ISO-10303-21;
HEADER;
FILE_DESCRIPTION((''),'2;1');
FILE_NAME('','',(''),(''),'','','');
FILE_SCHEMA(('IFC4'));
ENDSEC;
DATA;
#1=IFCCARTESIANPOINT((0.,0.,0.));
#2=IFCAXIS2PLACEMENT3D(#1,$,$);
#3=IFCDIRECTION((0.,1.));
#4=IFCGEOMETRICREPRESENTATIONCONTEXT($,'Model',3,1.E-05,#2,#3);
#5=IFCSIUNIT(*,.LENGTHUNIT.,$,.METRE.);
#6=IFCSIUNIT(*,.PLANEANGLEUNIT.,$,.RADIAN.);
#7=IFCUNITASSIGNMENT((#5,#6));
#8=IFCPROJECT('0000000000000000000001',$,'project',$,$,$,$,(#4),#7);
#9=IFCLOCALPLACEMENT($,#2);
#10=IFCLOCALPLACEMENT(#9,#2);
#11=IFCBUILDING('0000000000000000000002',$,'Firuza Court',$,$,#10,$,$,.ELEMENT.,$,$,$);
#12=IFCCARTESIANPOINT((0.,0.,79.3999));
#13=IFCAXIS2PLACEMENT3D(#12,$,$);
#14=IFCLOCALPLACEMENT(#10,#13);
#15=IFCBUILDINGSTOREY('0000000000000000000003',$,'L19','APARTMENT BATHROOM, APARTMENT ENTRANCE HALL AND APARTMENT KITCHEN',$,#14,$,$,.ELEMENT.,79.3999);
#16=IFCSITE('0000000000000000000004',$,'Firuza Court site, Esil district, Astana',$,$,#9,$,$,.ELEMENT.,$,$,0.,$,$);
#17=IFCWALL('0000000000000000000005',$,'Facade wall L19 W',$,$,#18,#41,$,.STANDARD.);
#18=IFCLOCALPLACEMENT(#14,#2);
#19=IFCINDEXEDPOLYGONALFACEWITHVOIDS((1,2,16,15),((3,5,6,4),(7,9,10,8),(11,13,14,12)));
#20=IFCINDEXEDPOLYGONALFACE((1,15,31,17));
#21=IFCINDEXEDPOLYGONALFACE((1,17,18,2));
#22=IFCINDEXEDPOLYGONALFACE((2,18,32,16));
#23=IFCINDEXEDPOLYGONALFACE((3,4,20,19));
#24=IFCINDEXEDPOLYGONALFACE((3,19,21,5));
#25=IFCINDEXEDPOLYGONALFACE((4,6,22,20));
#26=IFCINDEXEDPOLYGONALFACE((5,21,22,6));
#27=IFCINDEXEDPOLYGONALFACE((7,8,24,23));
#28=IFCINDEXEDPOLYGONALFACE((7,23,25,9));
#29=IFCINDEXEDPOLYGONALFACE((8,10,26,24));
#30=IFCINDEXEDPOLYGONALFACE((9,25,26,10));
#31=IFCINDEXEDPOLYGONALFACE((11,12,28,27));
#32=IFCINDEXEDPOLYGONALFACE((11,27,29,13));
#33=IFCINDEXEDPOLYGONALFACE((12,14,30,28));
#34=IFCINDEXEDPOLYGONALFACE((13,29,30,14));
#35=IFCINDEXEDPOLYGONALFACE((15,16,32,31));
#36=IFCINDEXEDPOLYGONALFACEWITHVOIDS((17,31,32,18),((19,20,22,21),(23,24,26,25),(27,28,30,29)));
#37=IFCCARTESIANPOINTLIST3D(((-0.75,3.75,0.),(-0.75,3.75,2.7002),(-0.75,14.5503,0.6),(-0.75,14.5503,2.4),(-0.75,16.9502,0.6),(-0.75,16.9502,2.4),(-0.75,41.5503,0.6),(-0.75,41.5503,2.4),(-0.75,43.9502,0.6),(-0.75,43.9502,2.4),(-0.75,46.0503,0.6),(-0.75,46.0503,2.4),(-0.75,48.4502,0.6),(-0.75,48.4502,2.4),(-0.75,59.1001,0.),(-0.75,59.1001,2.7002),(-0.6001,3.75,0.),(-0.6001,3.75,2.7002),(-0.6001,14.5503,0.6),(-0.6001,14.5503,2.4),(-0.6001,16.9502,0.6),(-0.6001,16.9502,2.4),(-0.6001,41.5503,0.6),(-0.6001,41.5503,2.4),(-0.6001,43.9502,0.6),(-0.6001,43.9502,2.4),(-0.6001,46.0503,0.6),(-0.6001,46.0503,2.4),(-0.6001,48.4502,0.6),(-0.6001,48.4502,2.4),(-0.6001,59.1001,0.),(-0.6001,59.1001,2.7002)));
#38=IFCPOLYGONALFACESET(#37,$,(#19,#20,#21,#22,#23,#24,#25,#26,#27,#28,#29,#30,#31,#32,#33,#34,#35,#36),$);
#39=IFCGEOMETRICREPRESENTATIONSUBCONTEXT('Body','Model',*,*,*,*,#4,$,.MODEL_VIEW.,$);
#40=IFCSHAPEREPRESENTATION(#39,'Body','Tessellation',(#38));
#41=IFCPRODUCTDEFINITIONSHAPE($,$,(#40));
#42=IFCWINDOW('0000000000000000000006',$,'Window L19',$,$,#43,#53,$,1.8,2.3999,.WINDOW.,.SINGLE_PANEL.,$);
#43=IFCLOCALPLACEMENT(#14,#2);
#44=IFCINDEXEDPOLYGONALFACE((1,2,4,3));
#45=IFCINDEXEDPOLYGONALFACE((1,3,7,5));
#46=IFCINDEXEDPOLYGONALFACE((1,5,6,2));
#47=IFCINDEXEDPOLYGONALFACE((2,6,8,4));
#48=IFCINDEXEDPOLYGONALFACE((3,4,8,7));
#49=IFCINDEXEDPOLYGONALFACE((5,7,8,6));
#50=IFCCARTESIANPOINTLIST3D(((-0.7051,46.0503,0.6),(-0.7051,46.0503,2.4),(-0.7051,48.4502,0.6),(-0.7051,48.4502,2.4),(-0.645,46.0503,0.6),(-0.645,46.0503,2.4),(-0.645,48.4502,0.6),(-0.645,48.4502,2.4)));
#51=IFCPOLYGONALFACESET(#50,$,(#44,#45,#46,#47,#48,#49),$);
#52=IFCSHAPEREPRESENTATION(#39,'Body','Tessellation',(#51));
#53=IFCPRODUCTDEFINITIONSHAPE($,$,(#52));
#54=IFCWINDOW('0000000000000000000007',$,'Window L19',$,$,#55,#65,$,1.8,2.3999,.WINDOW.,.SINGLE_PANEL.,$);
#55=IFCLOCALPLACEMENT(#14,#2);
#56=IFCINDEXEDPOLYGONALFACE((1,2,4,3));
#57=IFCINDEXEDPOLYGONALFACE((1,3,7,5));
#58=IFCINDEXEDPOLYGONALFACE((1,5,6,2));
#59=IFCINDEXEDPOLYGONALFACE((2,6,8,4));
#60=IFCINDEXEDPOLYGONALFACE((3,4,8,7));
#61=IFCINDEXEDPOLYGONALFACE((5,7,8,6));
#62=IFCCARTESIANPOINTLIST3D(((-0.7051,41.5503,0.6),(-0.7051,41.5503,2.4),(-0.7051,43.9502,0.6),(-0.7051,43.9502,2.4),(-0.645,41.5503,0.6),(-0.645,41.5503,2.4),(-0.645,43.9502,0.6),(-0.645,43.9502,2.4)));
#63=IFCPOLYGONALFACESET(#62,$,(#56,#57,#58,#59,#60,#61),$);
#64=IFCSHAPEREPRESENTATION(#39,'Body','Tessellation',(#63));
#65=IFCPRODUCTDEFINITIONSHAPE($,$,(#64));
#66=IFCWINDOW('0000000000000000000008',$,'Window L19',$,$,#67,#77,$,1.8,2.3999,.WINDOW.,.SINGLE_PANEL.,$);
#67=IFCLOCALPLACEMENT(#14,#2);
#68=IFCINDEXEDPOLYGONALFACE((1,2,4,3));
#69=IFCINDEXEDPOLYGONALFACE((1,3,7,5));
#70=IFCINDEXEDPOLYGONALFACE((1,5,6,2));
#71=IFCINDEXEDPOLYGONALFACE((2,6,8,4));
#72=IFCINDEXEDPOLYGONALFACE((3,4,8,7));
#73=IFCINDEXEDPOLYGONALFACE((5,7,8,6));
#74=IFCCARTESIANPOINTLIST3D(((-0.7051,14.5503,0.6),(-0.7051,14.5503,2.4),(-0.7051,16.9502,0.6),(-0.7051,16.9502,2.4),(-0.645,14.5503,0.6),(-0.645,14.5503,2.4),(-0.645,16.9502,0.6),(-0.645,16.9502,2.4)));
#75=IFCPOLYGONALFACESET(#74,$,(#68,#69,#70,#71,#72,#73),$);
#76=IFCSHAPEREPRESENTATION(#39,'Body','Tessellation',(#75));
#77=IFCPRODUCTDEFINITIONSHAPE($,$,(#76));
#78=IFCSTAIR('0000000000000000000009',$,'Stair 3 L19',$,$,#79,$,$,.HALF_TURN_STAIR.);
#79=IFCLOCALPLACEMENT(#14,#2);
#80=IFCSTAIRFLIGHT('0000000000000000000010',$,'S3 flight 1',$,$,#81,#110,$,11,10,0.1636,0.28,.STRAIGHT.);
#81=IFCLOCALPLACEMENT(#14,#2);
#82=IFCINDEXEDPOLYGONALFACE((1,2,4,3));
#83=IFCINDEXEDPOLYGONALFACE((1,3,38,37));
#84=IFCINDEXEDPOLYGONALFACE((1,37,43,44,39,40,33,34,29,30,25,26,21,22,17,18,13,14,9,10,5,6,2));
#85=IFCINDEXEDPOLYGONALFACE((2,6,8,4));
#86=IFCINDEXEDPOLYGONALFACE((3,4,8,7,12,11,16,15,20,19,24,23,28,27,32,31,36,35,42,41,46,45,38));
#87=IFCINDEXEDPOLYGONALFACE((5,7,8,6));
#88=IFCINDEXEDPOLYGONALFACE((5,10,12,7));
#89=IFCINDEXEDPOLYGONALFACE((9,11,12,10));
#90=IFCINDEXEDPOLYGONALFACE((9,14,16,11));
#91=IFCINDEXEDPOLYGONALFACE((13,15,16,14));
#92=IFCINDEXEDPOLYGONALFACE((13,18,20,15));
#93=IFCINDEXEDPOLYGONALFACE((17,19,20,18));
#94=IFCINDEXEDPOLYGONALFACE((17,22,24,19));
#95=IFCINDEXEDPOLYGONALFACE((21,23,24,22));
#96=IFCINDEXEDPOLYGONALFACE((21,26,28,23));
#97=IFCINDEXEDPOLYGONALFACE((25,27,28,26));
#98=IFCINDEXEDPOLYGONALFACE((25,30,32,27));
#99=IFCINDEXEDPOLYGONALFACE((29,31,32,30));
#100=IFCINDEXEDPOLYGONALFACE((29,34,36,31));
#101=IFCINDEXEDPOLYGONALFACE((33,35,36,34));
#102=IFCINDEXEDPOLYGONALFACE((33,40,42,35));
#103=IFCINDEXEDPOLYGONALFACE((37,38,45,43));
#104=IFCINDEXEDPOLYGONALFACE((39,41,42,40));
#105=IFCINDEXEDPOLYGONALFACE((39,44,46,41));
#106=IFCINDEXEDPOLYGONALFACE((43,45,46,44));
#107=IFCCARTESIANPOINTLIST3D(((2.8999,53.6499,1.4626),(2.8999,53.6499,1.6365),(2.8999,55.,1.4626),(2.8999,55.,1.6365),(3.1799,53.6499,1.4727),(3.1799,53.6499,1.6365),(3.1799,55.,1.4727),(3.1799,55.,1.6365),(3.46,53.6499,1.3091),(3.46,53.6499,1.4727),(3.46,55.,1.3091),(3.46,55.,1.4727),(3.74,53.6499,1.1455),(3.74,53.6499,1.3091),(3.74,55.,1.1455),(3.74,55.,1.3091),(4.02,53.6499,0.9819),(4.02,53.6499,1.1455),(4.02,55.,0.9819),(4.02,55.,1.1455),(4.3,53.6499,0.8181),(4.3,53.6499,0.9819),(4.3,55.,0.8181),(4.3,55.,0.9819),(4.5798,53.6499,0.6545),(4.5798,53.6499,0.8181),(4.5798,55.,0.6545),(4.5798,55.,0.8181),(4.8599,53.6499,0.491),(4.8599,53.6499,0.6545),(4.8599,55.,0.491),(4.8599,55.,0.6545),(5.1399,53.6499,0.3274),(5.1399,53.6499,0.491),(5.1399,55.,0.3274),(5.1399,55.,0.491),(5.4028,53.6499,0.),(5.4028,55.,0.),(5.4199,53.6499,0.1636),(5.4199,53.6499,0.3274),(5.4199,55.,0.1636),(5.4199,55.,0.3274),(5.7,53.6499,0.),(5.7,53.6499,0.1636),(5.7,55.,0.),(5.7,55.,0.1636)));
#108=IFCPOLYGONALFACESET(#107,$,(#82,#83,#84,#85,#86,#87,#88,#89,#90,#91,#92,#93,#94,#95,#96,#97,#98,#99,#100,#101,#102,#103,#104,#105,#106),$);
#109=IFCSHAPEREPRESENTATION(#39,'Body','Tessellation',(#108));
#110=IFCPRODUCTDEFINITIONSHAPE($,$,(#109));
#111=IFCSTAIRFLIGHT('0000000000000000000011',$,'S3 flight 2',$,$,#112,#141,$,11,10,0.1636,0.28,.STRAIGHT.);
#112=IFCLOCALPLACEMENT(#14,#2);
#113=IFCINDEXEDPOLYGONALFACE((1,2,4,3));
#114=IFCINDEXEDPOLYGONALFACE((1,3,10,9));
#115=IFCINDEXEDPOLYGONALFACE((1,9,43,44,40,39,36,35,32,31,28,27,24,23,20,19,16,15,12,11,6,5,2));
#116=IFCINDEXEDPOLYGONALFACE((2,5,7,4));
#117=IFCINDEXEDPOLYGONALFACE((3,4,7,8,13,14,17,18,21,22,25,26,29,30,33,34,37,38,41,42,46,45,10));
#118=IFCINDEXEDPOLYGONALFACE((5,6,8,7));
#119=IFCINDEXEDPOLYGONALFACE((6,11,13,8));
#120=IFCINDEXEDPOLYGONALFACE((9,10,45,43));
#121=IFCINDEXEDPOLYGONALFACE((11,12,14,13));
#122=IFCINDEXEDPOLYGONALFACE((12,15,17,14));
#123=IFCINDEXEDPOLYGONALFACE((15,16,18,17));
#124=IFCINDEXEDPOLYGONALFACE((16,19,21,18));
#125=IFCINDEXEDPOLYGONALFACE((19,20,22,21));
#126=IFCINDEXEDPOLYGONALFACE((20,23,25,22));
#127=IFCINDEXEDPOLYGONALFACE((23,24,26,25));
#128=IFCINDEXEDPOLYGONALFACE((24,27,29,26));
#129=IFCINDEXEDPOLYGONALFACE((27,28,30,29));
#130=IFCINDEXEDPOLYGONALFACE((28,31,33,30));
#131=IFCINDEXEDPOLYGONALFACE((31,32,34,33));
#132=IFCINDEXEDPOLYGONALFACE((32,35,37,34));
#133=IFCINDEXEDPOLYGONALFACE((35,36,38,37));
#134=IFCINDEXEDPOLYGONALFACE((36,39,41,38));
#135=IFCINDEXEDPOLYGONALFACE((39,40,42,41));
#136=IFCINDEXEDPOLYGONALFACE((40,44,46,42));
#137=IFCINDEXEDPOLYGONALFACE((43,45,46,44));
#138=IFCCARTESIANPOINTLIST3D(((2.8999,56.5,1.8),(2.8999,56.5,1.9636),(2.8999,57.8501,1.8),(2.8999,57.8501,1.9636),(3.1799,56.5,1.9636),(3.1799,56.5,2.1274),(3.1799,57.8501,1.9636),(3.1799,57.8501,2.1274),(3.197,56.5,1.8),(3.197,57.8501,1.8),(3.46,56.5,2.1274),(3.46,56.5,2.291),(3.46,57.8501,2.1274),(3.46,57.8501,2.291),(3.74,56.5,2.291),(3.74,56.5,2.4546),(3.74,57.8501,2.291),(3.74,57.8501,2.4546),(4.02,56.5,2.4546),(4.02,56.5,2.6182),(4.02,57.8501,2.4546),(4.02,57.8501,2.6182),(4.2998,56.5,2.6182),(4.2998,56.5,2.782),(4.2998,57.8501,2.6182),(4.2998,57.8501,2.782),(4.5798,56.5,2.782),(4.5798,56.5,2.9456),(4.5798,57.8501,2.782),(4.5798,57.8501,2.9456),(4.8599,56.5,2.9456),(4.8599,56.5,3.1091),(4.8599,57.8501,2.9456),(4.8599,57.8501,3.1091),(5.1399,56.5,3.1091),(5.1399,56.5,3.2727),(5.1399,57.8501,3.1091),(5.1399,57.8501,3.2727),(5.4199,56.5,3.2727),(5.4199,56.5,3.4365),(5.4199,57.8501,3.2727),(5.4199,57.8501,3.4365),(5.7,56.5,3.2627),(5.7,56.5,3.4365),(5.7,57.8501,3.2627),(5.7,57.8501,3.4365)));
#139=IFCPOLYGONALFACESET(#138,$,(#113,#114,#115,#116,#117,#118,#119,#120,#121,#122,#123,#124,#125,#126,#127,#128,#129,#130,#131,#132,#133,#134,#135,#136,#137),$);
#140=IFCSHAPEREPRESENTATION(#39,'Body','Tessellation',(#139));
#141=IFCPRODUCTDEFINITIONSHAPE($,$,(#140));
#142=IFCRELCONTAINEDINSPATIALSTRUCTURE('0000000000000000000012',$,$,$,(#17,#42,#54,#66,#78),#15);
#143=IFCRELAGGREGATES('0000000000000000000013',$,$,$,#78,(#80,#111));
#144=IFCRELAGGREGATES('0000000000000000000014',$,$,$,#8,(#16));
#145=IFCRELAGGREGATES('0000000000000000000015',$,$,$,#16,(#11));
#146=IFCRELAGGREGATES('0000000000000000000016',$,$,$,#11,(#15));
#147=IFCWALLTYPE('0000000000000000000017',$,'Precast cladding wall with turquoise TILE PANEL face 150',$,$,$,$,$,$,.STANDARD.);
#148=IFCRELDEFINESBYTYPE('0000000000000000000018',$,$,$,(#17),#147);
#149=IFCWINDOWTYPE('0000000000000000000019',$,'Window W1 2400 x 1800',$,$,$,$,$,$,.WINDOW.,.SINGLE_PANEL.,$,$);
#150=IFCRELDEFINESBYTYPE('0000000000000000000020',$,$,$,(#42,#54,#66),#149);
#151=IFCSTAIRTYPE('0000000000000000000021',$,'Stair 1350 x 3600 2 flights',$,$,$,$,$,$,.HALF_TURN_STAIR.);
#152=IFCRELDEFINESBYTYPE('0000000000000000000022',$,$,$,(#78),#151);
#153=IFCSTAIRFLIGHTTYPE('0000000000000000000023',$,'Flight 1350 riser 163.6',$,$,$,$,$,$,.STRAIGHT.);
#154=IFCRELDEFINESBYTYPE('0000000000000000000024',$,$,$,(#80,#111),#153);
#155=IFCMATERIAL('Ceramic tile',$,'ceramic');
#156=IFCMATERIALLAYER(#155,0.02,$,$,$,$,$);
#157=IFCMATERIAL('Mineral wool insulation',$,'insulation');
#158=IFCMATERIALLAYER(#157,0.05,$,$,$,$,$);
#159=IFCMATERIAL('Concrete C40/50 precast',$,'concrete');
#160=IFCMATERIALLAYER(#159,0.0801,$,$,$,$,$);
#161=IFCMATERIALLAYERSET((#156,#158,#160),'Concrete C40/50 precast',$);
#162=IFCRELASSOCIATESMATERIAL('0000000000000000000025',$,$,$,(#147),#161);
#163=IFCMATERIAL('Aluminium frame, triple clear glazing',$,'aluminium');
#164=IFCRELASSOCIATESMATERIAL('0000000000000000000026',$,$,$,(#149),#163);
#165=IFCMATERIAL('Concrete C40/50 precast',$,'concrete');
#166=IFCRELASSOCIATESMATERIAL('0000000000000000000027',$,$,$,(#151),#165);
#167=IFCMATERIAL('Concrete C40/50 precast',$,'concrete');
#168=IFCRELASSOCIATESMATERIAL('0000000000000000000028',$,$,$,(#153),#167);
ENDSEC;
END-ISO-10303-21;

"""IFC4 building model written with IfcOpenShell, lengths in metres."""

from ifc_helpers import new_model, si_unit, direction, frame, frame_2d, origin, place, context, subcontext, project, spatial, polyline, rectangle, outline, extrude, material, layer, layer_set, type_object, element, fill, aggregate, save


model = new_model("IFC4")

# Units and contexts
model_context = context("Model", 3, precision=1e-05, world=origin(), true_north=direction((0.0, 1.0)))
body_context = subcontext(model_context, "Body", "Model", "MODEL_VIEW")
ifc_project = project(units=[si_unit("LENGTHUNIT", "METRE"), si_unit("PLANEANGLEUNIT", "RADIAN")], contexts=[model_context])

# Site, building, storey
site_placement = place(None, origin())
site = spatial("IfcSite", under=ifc_project, at=site_placement, Name="Firuza Court site, Esil district, Astana", CompositionType="ELEMENT", RefElevation=0.0)
building_placement = place(site_placement, origin())
building = spatial("IfcBuilding", under=site, at=building_placement, Name="Firuza Court", CompositionType="ELEMENT")
storey_placement = place(building_placement, frame((0.0, 0.0, 79.3999)))
storey = spatial("IfcBuildingStorey", under=building, at=storey_placement, Name="L19", Description="APARTMENT BATHROOM, APARTMENT ENTRANCE HALL AND APARTMENT KITCHEN", CompositionType="ELEMENT", Elevation=79.3999)

# Wall, openings, windows
ifc_material_1 = material(Name="Ceramic tile", Category="ceramic")
ifc_layer_1 = layer(ifc_material_1, 0.02)
ifc_material_2 = material(Name="Mineral wool insulation", Category="insulation")
ifc_layer_2 = layer(ifc_material_2, 0.05)
ifc_material_3 = material(Name="Concrete C40/50 precast", Category="concrete")
ifc_layer_3 = layer(ifc_material_3, 0.0801)
ifc_layer_set_1 = layer_set([ifc_layer_1, ifc_layer_2, ifc_layer_3], Name="Concrete C40/50 precast")
wall_type_1 = type_object("IfcWallType", Name="Precast cladding wall with turquoise TILE PANEL face 150", PredefinedType="STANDARD", material=ifc_layer_set_1)
wall_1_placement = place(storey_placement, frame((-0.675, 59.1001, 0.0), z_axis=(0.0, 0.0, 1.0), x_axis=(0.0, -1.0, 0.0)))
wall_1 = element("IfcWall", 1, at=wall_1_placement, inside=storey, type_object=wall_type_1, Name="Facade wall L19 W", PredefinedType="STANDARD", context=body_context, shape_type="SweptSolid", body=[
    extrude(rectangle(XDim=55.3501, YDim=0.1499, at=frame_2d((27.675, 0.0))), origin(), (0.0, 0.0, 1.0), 2.7002),
])
opening_1_placement = place(wall_1_placement, frame((10.6499, 0.0, 0.6001)))
opening_1 = element("IfcOpeningElement", 2, at=opening_1_placement, cuts=wall_1, PredefinedType="OPENING", context=body_context, shape_type="SweptSolid", body=[
    extrude(rectangle(XDim=2.3999, YDim=1.8, at=frame_2d((1.2, 0.8999))), frame((0.0, 0.0869, 0.0), z_axis=(0.0, -1.0, 0.0), x_axis=(1.0, 0.0, 0.0)), (0.0, 0.0, 1.0), 0.1738),
])
opening_2_placement = place(wall_1_placement, frame((15.1499, 0.0, 0.6001)))
opening_2 = element("IfcOpeningElement", 3, at=opening_2_placement, cuts=wall_1, PredefinedType="OPENING", context=body_context, shape_type="SweptSolid", body=[
    extrude(rectangle(XDim=2.3999, YDim=1.8, at=frame_2d((1.2, 0.8999))), frame((0.0, 0.0869, 0.0), z_axis=(0.0, -1.0, 0.0), x_axis=(1.0, 0.0, 0.0)), (0.0, 0.0, 1.0), 0.1738),
])
opening_3_placement = place(wall_1_placement, frame((42.1499, 0.0, 0.6001)))
opening_3 = element("IfcOpeningElement", 4, at=opening_3_placement, cuts=wall_1, PredefinedType="OPENING", context=body_context, shape_type="SweptSolid", body=[
    extrude(rectangle(XDim=2.3999, YDim=1.8, at=frame_2d((1.2, 0.8999))), frame((0.0, 0.0869, 0.0), z_axis=(0.0, -1.0, 0.0), x_axis=(1.0, 0.0, 0.0)), (0.0, 0.0, 1.0), 0.1738),
])
ifc_material_4 = material(Name="Aluminium frame, triple clear glazing", Category="aluminium")
window_type = type_object("IfcWindowType", Name="Window W1 2400 x 1800", PartitioningType="SINGLE_PANEL", PredefinedType="WINDOW", material=ifc_material_4)
window_1_placement = place(opening_1_placement, origin())
window_1 = element("IfcWindow", 5, at=window_1_placement, inside=storey, type_object=window_type, Name="Window L19", OverallHeight=1.8, OverallWidth=2.3999, PartitioningType="SINGLE_PANEL", PredefinedType="WINDOW", context=body_context, shape_type="SweptSolid", body=[
    extrude(rectangle(XDim=2.3999, YDim=1.8, at=frame_2d((1.2, 0.8999))), frame((0.0, 0.03, 0.0), z_axis=(0.0, -1.0, 0.0), x_axis=(1.0, 0.0, 0.0)), (0.0, 0.0, 1.0), 0.0601),
])
fill(opening_1, window_1)
window_2_placement = place(opening_2_placement, origin())
window_2 = element("IfcWindow", 6, at=window_2_placement, inside=storey, type_object=window_type, Name="Window L19", OverallHeight=1.8, OverallWidth=2.3999, PartitioningType="SINGLE_PANEL", PredefinedType="WINDOW", context=body_context, shape_type="SweptSolid", body=[
    extrude(rectangle(XDim=2.3999, YDim=1.8, at=frame_2d((1.2, 0.8999))), frame((0.0, 0.03, 0.0), z_axis=(0.0, -1.0, 0.0), x_axis=(1.0, 0.0, 0.0)), (0.0, 0.0, 1.0), 0.0601),
])
fill(opening_2, window_2)
window_3_placement = place(opening_3_placement, origin())
window_3 = element("IfcWindow", 7, at=window_3_placement, inside=storey, type_object=window_type, Name="Window L19", OverallHeight=1.8, OverallWidth=2.3999, PartitioningType="SINGLE_PANEL", PredefinedType="WINDOW", context=body_context, shape_type="SweptSolid", body=[
    extrude(rectangle(XDim=2.3999, YDim=1.8, at=frame_2d((1.2, 0.8999))), frame((0.0, 0.03, 0.0), z_axis=(0.0, -1.0, 0.0), x_axis=(1.0, 0.0, 0.0)), (0.0, 0.0, 1.0), 0.0601),
])
fill(opening_3, window_3)

# Stair, stair flights
ifc_material_5 = material(Name="Concrete C40/50 precast", Category="concrete")
stair_type = type_object("IfcStairType", Name="Stair 1350 x 3600 2 flights", PredefinedType="HALF_TURN_STAIR", material=ifc_material_5)
stair_placement = place(storey_placement, origin())
stair = element("IfcStair", 8, at=stair_placement, inside=storey, type_object=stair_type, Name="Stair 3 L19", PredefinedType="HALF_TURN_STAIR")
ifc_material_6 = material(Name="Concrete C40/50 precast", Category="concrete")
stair_flight_type = type_object("IfcStairFlightType", Name="Flight 1350 riser 163.6", PredefinedType="STRAIGHT", material=ifc_material_6)
stair_flight_1_placement = place(storey_placement, frame((5.7, 54.325, 0.0), z_axis=(0.0, 0.0, 1.0), x_axis=(-1.0, 0.0, 0.0)))
stair_flight_1 = element("IfcStairFlight", 9, at=stair_flight_1_placement, type_object=stair_flight_type, Name="S3 flight 1", NumberOfRisers=11, NumberOfTreads=10, PredefinedType="STRAIGHT", RiserHeight=0.1636, TreadLength=0.28, context=body_context, shape_type="SweptSolid", body=[
    extrude(outline(polyline([(0.0, 0.0), (0.0, 0.1636), (0.28, 0.1636), (0.28, 0.3274), (0.5601, 0.3274), (0.5601, 0.491), (0.8401, 0.491), (0.8401, 0.6545), (1.1201, 0.6545), (1.1201, 0.8181), (1.3999, 0.8181), (1.3999, 0.9819), (1.6799, 0.9819), (1.6799, 1.1455), (1.96, 1.1455), (1.96, 1.3091), (2.24, 1.3091), (2.24, 1.4727), (2.52, 1.4727), (2.52, 1.6365), (2.8, 1.6365), (2.8, 1.8), (2.8, 1.4626), (0.2971, 0.0), (0.0, 0.0)])), frame((0.0, 0.675, 0.0), z_axis=(0.0, -1.0, 0.0), x_axis=(1.0, 0.0, 0.0)), (0.0, 0.0, 1.0), 1.3501),
])
stair_flight_2_placement = place(storey_placement, frame((2.8999, 57.175, 1.8), z_axis=(0.0, 0.0, 1.0), x_axis=(1.0, 0.0, 0.0)))
stair_flight_2 = element("IfcStairFlight", 10, at=stair_flight_2_placement, type_object=stair_flight_type, Name="S3 flight 2", NumberOfRisers=11, NumberOfTreads=10, PredefinedType="STRAIGHT", RiserHeight=0.1636, TreadLength=0.28, context=body_context, shape_type="SweptSolid", body=[
    extrude(outline(polyline([(0.0, 0.0), (0.0, 0.1636), (0.28, 0.1636), (0.28, 0.3274), (0.5601, 0.3274), (0.5601, 0.491), (0.8401, 0.491), (0.8401, 0.6545), (1.1201, 0.6545), (1.1201, 0.8181), (1.3999, 0.8181), (1.3999, 0.9819), (1.6799, 0.9819), (1.6799, 1.1455), (1.96, 1.1455), (1.96, 1.3091), (2.24, 1.3091), (2.24, 1.4727), (2.52, 1.4727), (2.52, 1.6365), (2.8, 1.6365), (2.8, 1.8), (2.8, 1.4626), (0.2971, 0.0), (0.0, 0.0)])), frame((0.0, 0.675, 0.0), z_axis=(0.0, -1.0, 0.0), x_axis=(1.0, 0.0, 0.0)), (0.0, 0.0, 1.0), 1.3501),
])
aggregate(stair, [stair_flight_1, stair_flight_2])

save(model, "model.ifc")
